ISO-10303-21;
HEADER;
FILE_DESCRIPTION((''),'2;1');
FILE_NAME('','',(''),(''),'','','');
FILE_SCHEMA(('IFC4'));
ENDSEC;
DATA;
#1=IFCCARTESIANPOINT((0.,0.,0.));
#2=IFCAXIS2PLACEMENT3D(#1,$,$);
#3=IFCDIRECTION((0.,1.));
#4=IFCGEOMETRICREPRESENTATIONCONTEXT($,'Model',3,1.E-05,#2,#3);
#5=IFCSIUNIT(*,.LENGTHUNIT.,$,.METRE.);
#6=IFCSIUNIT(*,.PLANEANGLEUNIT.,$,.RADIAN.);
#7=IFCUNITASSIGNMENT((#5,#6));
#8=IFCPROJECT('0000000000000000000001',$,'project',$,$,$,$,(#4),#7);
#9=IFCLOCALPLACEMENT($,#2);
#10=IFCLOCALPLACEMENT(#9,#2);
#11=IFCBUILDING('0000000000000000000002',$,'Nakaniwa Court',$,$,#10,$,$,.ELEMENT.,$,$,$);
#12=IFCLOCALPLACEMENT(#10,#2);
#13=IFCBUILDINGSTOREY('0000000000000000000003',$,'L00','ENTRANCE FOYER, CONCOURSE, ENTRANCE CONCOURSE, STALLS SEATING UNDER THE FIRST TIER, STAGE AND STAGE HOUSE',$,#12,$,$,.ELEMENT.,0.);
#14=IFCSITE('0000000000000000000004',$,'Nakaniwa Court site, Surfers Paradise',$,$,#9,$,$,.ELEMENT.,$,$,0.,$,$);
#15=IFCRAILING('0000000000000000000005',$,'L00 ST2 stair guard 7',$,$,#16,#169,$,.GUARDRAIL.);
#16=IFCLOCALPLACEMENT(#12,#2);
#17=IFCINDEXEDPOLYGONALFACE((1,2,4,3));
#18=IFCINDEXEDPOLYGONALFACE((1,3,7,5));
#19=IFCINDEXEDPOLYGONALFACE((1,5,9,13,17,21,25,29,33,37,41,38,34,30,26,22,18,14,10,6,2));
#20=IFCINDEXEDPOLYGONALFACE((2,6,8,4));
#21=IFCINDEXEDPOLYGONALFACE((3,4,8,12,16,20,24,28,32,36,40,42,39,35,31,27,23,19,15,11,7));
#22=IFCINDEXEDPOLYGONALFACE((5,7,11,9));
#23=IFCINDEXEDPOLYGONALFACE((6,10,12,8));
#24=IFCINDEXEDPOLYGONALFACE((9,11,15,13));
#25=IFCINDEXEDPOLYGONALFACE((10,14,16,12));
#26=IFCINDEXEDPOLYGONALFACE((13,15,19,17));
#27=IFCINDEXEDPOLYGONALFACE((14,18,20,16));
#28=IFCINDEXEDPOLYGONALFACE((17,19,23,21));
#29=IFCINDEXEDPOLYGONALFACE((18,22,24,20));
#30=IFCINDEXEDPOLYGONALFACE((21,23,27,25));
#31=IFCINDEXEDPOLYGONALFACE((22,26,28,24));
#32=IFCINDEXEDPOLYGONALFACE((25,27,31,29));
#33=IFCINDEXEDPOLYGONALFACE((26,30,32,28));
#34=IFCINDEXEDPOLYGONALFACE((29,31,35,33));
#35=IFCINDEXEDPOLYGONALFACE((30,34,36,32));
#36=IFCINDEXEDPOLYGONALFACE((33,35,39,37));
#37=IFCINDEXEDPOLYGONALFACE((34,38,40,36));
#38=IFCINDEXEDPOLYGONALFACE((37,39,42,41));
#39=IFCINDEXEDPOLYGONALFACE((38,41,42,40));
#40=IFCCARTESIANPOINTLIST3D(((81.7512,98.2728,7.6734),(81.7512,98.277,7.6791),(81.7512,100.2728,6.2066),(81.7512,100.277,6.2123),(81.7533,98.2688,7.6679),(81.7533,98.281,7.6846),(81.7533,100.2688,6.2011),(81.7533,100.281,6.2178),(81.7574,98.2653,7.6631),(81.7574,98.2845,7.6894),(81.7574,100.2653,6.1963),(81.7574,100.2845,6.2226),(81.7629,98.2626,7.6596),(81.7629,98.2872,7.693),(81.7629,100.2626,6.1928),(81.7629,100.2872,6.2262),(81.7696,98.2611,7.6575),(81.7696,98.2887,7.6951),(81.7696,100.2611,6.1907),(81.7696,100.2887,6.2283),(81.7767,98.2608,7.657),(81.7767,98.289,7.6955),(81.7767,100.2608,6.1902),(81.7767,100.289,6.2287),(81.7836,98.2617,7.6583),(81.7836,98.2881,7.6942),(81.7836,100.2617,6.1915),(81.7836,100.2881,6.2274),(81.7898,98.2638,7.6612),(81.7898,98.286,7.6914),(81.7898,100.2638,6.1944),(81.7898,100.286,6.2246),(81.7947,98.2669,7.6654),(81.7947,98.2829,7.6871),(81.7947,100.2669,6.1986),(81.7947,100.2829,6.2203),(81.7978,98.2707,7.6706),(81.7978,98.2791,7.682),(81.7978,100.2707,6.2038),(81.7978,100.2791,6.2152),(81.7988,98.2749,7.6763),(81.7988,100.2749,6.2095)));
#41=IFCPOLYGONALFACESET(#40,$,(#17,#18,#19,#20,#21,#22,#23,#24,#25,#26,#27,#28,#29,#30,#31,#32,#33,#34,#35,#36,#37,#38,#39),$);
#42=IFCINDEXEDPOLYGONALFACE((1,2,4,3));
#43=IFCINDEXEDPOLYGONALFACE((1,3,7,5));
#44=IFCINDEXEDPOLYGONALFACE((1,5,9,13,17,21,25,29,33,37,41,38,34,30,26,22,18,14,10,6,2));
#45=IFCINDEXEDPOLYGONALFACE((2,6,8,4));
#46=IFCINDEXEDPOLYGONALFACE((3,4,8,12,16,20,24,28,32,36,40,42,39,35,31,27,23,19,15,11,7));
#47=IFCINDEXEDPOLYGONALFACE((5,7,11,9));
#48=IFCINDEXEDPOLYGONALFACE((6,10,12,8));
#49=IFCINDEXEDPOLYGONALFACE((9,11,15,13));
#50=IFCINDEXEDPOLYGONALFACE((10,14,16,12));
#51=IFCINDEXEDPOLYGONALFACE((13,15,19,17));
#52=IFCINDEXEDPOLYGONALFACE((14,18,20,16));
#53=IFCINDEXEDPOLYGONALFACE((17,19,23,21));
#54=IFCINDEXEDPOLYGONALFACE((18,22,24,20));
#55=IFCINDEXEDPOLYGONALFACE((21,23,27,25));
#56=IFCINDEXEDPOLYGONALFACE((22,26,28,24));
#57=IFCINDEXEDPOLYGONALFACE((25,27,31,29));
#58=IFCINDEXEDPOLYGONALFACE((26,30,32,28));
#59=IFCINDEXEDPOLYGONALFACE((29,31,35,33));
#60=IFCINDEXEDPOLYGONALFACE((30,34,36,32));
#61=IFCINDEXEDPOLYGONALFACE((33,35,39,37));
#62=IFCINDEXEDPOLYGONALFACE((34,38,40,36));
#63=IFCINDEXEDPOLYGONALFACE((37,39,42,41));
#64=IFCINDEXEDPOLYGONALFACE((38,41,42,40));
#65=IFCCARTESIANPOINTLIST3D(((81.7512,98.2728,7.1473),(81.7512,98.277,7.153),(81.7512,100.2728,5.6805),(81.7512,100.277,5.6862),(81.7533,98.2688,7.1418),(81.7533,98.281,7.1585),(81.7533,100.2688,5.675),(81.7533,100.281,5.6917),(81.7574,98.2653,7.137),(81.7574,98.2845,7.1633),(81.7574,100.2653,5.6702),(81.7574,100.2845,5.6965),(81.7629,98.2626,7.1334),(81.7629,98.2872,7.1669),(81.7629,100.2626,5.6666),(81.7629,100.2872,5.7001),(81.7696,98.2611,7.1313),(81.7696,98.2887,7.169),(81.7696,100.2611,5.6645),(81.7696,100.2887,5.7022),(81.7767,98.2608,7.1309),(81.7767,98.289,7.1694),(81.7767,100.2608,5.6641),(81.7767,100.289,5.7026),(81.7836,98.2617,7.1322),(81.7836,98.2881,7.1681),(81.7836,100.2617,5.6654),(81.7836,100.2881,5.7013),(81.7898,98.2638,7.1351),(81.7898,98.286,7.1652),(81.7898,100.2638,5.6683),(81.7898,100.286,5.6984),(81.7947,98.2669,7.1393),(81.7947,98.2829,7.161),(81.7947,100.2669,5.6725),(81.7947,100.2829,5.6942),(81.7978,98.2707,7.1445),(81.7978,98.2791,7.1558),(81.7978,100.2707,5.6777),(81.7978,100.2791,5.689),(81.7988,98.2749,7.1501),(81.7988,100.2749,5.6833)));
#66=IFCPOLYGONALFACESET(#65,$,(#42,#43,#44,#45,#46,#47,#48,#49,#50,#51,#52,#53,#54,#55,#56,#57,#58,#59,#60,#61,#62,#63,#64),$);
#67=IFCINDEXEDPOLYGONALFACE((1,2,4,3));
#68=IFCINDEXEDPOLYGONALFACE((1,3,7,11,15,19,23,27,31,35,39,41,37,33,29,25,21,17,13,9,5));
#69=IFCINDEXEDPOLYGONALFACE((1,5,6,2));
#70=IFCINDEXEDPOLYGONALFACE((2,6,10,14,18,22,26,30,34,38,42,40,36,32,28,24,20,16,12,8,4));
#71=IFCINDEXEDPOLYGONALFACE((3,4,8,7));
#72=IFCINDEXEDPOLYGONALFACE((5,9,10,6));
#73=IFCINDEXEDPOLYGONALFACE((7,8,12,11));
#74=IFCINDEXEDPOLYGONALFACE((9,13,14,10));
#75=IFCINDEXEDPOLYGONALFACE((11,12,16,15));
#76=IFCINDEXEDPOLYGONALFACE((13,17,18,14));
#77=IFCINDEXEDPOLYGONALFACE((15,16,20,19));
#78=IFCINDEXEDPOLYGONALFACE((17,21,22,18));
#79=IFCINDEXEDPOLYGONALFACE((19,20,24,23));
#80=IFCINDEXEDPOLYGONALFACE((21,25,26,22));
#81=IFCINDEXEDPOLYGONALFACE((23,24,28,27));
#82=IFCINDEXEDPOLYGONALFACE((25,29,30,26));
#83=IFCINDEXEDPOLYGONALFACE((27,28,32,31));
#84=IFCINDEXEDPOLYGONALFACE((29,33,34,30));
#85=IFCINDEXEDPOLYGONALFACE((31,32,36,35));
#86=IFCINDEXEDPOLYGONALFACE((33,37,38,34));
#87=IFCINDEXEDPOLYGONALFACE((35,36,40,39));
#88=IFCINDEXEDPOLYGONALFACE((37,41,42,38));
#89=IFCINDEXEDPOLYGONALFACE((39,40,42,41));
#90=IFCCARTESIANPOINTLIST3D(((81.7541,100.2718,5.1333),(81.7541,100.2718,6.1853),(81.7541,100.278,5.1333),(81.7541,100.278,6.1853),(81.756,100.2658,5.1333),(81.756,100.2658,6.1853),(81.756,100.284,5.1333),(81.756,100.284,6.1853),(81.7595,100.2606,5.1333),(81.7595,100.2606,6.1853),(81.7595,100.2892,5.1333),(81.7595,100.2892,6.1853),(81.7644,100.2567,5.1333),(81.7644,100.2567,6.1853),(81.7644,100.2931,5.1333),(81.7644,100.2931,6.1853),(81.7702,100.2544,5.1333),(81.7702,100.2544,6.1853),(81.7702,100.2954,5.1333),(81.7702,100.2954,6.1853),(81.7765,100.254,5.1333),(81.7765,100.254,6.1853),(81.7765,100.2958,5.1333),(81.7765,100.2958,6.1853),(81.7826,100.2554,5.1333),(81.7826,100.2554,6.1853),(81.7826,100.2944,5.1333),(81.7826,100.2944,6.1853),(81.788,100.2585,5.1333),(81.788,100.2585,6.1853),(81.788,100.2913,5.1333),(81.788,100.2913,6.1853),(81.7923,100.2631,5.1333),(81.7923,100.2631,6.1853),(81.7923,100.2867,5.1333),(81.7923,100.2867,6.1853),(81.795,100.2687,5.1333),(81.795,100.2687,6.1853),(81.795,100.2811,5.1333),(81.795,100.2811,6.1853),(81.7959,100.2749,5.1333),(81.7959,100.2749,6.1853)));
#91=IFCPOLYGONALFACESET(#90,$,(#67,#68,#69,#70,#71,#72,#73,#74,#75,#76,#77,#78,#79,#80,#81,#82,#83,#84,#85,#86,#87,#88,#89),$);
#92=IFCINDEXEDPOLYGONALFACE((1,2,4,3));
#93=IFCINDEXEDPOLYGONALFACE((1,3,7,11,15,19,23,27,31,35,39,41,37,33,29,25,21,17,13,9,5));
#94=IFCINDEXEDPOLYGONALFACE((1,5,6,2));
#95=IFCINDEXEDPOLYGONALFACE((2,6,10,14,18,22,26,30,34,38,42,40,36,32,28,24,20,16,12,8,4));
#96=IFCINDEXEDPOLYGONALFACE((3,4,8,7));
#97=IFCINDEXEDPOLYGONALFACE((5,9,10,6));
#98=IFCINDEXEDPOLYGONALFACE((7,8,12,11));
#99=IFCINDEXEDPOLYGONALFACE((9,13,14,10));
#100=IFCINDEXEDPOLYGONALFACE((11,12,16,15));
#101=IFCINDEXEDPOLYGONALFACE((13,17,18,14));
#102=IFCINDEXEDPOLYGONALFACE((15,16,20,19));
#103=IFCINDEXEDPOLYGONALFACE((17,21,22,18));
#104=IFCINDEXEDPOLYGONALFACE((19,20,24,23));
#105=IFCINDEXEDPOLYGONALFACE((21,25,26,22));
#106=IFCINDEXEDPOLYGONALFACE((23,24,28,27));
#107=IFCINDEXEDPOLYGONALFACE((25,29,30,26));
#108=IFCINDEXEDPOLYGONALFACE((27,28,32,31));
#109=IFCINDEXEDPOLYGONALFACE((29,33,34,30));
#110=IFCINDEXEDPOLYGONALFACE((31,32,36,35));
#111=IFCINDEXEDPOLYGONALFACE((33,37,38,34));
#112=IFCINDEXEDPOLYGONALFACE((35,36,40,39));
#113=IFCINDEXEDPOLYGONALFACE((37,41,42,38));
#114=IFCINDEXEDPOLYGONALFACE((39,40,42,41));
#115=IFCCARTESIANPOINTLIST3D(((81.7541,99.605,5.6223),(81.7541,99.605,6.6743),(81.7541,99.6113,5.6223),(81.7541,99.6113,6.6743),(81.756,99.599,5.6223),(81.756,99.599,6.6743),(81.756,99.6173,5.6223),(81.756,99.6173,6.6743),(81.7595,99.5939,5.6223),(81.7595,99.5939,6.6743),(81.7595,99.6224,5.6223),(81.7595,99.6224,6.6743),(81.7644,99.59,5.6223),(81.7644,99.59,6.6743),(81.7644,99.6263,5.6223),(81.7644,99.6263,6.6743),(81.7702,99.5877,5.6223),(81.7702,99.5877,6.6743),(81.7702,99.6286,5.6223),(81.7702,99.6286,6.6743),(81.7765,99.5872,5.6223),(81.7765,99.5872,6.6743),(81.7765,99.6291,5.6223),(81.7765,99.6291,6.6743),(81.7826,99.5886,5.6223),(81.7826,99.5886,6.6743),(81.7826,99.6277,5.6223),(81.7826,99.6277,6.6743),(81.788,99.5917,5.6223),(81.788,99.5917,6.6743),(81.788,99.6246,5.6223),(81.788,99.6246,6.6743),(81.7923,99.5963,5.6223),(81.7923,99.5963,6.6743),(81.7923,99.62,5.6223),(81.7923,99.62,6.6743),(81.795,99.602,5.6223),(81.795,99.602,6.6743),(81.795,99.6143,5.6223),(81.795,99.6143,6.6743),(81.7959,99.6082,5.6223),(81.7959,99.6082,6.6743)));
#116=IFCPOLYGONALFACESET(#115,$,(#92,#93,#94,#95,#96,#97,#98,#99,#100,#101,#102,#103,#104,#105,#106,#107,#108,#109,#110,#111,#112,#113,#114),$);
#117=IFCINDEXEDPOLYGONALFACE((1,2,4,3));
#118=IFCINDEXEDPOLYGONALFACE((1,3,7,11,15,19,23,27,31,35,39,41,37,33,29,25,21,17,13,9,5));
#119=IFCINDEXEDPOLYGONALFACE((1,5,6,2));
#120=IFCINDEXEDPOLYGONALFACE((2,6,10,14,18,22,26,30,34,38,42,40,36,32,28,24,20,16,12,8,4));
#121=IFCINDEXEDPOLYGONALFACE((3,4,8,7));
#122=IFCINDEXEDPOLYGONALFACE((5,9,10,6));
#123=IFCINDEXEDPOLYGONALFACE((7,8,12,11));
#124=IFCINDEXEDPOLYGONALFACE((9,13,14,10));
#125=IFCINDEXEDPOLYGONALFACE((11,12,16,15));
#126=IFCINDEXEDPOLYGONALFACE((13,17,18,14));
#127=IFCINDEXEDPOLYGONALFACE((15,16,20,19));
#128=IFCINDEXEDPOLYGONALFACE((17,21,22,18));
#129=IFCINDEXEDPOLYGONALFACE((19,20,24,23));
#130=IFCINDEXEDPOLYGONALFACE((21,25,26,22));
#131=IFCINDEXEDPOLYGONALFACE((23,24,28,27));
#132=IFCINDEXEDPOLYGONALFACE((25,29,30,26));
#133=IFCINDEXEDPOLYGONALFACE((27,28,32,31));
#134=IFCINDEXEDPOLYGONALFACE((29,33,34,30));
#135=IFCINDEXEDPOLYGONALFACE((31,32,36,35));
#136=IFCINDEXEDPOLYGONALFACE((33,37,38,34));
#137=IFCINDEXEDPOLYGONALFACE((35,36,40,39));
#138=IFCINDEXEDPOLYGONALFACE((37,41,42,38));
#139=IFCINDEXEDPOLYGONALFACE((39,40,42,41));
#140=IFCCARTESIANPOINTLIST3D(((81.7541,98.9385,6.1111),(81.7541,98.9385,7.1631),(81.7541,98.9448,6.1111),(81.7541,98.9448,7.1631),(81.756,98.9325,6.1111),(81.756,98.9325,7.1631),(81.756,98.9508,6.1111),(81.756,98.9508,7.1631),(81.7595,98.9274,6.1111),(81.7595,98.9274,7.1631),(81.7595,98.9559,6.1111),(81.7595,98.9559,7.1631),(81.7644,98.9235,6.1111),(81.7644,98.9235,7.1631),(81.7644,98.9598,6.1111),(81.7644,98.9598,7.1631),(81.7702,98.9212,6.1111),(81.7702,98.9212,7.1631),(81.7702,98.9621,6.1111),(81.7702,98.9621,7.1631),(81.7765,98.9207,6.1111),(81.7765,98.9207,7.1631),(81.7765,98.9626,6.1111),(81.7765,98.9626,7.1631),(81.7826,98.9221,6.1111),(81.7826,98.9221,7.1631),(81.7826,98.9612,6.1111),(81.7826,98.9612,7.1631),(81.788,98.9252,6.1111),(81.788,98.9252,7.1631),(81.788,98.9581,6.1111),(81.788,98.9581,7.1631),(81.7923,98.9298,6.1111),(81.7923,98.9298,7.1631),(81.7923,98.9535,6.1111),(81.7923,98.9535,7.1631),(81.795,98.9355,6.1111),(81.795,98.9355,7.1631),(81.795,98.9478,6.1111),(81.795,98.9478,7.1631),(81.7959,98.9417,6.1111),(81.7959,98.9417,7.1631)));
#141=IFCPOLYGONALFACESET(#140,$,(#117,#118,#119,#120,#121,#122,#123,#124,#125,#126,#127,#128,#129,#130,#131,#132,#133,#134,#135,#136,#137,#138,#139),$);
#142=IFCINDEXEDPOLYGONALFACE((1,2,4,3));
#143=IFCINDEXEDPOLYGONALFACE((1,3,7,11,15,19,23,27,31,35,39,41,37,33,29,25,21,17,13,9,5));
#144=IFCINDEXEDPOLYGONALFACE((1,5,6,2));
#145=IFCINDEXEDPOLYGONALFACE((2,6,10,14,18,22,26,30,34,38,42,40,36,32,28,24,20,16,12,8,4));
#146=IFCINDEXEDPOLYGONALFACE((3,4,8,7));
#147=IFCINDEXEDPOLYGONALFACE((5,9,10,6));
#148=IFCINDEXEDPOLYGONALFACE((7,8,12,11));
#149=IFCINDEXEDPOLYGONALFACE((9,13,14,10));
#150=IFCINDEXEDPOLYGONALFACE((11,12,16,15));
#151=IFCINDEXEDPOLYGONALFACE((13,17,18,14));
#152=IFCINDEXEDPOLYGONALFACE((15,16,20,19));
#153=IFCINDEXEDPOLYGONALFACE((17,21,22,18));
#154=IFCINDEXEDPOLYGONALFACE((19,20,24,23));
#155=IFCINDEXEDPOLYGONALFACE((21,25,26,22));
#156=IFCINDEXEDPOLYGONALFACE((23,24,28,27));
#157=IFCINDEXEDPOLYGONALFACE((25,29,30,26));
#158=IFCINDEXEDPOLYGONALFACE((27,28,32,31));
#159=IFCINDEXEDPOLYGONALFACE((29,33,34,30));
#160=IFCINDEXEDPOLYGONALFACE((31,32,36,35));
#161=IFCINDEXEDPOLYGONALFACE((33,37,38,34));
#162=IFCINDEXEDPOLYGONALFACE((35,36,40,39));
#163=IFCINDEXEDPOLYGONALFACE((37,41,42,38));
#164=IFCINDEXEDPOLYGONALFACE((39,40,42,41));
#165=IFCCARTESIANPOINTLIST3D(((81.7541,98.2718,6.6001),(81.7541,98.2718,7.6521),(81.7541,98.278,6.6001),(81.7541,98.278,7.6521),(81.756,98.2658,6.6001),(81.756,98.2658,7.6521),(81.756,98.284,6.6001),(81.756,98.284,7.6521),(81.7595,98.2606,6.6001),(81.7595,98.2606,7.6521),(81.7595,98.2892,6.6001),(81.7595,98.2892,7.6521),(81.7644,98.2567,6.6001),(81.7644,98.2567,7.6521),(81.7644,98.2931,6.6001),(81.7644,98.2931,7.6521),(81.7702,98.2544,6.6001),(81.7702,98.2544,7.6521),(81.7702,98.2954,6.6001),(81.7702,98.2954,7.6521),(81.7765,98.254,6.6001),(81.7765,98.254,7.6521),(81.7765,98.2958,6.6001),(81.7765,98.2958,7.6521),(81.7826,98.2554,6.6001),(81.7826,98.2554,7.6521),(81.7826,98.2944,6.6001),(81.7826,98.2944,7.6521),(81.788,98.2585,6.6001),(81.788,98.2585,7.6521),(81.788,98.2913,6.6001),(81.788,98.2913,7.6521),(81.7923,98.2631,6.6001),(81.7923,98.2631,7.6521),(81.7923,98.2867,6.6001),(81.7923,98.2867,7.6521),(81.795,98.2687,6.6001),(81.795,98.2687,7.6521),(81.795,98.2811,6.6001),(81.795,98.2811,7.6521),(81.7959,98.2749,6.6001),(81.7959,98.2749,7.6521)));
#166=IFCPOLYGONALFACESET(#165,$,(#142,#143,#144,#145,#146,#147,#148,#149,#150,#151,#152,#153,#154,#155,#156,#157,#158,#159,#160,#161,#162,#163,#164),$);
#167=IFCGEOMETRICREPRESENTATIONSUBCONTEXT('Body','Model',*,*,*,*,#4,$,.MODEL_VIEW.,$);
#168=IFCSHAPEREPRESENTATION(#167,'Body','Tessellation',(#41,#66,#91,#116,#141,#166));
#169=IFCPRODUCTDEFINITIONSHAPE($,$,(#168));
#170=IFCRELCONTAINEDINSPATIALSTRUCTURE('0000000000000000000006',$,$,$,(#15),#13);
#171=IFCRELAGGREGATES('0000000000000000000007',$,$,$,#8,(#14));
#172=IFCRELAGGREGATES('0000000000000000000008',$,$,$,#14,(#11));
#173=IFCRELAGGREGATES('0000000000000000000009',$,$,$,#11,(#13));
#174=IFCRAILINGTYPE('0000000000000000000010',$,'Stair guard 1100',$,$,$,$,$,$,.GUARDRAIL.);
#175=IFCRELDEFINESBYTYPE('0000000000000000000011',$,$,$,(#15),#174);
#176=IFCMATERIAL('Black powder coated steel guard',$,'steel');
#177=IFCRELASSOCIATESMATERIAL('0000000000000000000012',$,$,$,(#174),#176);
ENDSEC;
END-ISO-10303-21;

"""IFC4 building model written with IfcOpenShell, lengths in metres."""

from ifc_helpers import new_model, si_unit, direction, frame, origin, origin_2d, place, context, subcontext, project, spatial, circle, extrude, material, type_object, element, save


model = new_model("IFC4")

# Units and contexts
model_context = context("Model", 3, precision=1e-05, world=origin(), true_north=direction((0.0, 1.0)))
body_context = subcontext(model_context, "Body", "Model", "MODEL_VIEW")
ifc_project = project(units=[si_unit("LENGTHUNIT", "METRE"), si_unit("PLANEANGLEUNIT", "RADIAN")], contexts=[model_context])

# Site, building, storey
site_placement = place(None, origin())
site = spatial("IfcSite", under=ifc_project, at=site_placement, Name="Nakaniwa Court site, Surfers Paradise", CompositionType="ELEMENT", RefElevation=0.0)
building_placement = place(site_placement, origin())
building = spatial("IfcBuilding", under=site, at=building_placement, Name="Nakaniwa Court", CompositionType="ELEMENT")
storey_placement = place(building_placement, origin())
storey = spatial("IfcBuildingStorey", under=building, at=storey_placement, Name="L00", Description="ENTRANCE FOYER, CONCOURSE, ENTRANCE CONCOURSE, STALLS SEATING UNDER THE FIRST TIER, STAGE AND STAGE HOUSE", CompositionType="ELEMENT", Elevation=0.0)

# Railing
ifc_material_1 = material(Name="Black powder coated steel guard", Category="steel")
railing_type = type_object("IfcRailingType", Name="Stair guard 1100", PredefinedType="GUARDRAIL", material=ifc_material_1)
railing_placement = place(storey_placement, frame((81.7749, 100.2749, 5.1333)))
element("IfcRailing", 1, at=railing_placement, inside=storey, type_object=railing_type, Name="L00 ST2 stair guard 7", PredefinedType="GUARDRAIL", context=body_context, shape_type="SweptSolid", body=[
    extrude(circle(Radius=0.0239, at=origin_2d()), frame((0.0, 0.0, 1.0762), z_axis=(0.0, -0.80638, 0.591398), x_axis=(1.0, 0.0, 0.0)), (0.0, 0.0, 1.0), 2.4802),
    extrude(circle(Radius=0.0239, at=origin_2d()), frame((0.0, 0.0, 0.55), z_axis=(0.0, -0.80638, 0.591398), x_axis=(1.0, 0.0, 0.0)), (0.0, 0.0, 1.0), 2.4802),
    extrude(circle(Radius=0.021, at=origin_2d()), origin(), (0.0, 0.0, 1.0), 1.052),
    extrude(circle(Radius=0.021, at=origin_2d()), frame((0.0, -0.6667, 0.489)), (0.0, 0.0, 1.0), 1.052),
    extrude(circle(Radius=0.021, at=origin_2d()), frame((0.0, -1.3333, 0.9778)), (0.0, 0.0, 1.0), 1.052),
    extrude(circle(Radius=0.021, at=origin_2d()), frame((0.0, -2.0, 1.4668)), (0.0, 0.0, 1.0), 1.052),
])

save(model, "model.ifc")
